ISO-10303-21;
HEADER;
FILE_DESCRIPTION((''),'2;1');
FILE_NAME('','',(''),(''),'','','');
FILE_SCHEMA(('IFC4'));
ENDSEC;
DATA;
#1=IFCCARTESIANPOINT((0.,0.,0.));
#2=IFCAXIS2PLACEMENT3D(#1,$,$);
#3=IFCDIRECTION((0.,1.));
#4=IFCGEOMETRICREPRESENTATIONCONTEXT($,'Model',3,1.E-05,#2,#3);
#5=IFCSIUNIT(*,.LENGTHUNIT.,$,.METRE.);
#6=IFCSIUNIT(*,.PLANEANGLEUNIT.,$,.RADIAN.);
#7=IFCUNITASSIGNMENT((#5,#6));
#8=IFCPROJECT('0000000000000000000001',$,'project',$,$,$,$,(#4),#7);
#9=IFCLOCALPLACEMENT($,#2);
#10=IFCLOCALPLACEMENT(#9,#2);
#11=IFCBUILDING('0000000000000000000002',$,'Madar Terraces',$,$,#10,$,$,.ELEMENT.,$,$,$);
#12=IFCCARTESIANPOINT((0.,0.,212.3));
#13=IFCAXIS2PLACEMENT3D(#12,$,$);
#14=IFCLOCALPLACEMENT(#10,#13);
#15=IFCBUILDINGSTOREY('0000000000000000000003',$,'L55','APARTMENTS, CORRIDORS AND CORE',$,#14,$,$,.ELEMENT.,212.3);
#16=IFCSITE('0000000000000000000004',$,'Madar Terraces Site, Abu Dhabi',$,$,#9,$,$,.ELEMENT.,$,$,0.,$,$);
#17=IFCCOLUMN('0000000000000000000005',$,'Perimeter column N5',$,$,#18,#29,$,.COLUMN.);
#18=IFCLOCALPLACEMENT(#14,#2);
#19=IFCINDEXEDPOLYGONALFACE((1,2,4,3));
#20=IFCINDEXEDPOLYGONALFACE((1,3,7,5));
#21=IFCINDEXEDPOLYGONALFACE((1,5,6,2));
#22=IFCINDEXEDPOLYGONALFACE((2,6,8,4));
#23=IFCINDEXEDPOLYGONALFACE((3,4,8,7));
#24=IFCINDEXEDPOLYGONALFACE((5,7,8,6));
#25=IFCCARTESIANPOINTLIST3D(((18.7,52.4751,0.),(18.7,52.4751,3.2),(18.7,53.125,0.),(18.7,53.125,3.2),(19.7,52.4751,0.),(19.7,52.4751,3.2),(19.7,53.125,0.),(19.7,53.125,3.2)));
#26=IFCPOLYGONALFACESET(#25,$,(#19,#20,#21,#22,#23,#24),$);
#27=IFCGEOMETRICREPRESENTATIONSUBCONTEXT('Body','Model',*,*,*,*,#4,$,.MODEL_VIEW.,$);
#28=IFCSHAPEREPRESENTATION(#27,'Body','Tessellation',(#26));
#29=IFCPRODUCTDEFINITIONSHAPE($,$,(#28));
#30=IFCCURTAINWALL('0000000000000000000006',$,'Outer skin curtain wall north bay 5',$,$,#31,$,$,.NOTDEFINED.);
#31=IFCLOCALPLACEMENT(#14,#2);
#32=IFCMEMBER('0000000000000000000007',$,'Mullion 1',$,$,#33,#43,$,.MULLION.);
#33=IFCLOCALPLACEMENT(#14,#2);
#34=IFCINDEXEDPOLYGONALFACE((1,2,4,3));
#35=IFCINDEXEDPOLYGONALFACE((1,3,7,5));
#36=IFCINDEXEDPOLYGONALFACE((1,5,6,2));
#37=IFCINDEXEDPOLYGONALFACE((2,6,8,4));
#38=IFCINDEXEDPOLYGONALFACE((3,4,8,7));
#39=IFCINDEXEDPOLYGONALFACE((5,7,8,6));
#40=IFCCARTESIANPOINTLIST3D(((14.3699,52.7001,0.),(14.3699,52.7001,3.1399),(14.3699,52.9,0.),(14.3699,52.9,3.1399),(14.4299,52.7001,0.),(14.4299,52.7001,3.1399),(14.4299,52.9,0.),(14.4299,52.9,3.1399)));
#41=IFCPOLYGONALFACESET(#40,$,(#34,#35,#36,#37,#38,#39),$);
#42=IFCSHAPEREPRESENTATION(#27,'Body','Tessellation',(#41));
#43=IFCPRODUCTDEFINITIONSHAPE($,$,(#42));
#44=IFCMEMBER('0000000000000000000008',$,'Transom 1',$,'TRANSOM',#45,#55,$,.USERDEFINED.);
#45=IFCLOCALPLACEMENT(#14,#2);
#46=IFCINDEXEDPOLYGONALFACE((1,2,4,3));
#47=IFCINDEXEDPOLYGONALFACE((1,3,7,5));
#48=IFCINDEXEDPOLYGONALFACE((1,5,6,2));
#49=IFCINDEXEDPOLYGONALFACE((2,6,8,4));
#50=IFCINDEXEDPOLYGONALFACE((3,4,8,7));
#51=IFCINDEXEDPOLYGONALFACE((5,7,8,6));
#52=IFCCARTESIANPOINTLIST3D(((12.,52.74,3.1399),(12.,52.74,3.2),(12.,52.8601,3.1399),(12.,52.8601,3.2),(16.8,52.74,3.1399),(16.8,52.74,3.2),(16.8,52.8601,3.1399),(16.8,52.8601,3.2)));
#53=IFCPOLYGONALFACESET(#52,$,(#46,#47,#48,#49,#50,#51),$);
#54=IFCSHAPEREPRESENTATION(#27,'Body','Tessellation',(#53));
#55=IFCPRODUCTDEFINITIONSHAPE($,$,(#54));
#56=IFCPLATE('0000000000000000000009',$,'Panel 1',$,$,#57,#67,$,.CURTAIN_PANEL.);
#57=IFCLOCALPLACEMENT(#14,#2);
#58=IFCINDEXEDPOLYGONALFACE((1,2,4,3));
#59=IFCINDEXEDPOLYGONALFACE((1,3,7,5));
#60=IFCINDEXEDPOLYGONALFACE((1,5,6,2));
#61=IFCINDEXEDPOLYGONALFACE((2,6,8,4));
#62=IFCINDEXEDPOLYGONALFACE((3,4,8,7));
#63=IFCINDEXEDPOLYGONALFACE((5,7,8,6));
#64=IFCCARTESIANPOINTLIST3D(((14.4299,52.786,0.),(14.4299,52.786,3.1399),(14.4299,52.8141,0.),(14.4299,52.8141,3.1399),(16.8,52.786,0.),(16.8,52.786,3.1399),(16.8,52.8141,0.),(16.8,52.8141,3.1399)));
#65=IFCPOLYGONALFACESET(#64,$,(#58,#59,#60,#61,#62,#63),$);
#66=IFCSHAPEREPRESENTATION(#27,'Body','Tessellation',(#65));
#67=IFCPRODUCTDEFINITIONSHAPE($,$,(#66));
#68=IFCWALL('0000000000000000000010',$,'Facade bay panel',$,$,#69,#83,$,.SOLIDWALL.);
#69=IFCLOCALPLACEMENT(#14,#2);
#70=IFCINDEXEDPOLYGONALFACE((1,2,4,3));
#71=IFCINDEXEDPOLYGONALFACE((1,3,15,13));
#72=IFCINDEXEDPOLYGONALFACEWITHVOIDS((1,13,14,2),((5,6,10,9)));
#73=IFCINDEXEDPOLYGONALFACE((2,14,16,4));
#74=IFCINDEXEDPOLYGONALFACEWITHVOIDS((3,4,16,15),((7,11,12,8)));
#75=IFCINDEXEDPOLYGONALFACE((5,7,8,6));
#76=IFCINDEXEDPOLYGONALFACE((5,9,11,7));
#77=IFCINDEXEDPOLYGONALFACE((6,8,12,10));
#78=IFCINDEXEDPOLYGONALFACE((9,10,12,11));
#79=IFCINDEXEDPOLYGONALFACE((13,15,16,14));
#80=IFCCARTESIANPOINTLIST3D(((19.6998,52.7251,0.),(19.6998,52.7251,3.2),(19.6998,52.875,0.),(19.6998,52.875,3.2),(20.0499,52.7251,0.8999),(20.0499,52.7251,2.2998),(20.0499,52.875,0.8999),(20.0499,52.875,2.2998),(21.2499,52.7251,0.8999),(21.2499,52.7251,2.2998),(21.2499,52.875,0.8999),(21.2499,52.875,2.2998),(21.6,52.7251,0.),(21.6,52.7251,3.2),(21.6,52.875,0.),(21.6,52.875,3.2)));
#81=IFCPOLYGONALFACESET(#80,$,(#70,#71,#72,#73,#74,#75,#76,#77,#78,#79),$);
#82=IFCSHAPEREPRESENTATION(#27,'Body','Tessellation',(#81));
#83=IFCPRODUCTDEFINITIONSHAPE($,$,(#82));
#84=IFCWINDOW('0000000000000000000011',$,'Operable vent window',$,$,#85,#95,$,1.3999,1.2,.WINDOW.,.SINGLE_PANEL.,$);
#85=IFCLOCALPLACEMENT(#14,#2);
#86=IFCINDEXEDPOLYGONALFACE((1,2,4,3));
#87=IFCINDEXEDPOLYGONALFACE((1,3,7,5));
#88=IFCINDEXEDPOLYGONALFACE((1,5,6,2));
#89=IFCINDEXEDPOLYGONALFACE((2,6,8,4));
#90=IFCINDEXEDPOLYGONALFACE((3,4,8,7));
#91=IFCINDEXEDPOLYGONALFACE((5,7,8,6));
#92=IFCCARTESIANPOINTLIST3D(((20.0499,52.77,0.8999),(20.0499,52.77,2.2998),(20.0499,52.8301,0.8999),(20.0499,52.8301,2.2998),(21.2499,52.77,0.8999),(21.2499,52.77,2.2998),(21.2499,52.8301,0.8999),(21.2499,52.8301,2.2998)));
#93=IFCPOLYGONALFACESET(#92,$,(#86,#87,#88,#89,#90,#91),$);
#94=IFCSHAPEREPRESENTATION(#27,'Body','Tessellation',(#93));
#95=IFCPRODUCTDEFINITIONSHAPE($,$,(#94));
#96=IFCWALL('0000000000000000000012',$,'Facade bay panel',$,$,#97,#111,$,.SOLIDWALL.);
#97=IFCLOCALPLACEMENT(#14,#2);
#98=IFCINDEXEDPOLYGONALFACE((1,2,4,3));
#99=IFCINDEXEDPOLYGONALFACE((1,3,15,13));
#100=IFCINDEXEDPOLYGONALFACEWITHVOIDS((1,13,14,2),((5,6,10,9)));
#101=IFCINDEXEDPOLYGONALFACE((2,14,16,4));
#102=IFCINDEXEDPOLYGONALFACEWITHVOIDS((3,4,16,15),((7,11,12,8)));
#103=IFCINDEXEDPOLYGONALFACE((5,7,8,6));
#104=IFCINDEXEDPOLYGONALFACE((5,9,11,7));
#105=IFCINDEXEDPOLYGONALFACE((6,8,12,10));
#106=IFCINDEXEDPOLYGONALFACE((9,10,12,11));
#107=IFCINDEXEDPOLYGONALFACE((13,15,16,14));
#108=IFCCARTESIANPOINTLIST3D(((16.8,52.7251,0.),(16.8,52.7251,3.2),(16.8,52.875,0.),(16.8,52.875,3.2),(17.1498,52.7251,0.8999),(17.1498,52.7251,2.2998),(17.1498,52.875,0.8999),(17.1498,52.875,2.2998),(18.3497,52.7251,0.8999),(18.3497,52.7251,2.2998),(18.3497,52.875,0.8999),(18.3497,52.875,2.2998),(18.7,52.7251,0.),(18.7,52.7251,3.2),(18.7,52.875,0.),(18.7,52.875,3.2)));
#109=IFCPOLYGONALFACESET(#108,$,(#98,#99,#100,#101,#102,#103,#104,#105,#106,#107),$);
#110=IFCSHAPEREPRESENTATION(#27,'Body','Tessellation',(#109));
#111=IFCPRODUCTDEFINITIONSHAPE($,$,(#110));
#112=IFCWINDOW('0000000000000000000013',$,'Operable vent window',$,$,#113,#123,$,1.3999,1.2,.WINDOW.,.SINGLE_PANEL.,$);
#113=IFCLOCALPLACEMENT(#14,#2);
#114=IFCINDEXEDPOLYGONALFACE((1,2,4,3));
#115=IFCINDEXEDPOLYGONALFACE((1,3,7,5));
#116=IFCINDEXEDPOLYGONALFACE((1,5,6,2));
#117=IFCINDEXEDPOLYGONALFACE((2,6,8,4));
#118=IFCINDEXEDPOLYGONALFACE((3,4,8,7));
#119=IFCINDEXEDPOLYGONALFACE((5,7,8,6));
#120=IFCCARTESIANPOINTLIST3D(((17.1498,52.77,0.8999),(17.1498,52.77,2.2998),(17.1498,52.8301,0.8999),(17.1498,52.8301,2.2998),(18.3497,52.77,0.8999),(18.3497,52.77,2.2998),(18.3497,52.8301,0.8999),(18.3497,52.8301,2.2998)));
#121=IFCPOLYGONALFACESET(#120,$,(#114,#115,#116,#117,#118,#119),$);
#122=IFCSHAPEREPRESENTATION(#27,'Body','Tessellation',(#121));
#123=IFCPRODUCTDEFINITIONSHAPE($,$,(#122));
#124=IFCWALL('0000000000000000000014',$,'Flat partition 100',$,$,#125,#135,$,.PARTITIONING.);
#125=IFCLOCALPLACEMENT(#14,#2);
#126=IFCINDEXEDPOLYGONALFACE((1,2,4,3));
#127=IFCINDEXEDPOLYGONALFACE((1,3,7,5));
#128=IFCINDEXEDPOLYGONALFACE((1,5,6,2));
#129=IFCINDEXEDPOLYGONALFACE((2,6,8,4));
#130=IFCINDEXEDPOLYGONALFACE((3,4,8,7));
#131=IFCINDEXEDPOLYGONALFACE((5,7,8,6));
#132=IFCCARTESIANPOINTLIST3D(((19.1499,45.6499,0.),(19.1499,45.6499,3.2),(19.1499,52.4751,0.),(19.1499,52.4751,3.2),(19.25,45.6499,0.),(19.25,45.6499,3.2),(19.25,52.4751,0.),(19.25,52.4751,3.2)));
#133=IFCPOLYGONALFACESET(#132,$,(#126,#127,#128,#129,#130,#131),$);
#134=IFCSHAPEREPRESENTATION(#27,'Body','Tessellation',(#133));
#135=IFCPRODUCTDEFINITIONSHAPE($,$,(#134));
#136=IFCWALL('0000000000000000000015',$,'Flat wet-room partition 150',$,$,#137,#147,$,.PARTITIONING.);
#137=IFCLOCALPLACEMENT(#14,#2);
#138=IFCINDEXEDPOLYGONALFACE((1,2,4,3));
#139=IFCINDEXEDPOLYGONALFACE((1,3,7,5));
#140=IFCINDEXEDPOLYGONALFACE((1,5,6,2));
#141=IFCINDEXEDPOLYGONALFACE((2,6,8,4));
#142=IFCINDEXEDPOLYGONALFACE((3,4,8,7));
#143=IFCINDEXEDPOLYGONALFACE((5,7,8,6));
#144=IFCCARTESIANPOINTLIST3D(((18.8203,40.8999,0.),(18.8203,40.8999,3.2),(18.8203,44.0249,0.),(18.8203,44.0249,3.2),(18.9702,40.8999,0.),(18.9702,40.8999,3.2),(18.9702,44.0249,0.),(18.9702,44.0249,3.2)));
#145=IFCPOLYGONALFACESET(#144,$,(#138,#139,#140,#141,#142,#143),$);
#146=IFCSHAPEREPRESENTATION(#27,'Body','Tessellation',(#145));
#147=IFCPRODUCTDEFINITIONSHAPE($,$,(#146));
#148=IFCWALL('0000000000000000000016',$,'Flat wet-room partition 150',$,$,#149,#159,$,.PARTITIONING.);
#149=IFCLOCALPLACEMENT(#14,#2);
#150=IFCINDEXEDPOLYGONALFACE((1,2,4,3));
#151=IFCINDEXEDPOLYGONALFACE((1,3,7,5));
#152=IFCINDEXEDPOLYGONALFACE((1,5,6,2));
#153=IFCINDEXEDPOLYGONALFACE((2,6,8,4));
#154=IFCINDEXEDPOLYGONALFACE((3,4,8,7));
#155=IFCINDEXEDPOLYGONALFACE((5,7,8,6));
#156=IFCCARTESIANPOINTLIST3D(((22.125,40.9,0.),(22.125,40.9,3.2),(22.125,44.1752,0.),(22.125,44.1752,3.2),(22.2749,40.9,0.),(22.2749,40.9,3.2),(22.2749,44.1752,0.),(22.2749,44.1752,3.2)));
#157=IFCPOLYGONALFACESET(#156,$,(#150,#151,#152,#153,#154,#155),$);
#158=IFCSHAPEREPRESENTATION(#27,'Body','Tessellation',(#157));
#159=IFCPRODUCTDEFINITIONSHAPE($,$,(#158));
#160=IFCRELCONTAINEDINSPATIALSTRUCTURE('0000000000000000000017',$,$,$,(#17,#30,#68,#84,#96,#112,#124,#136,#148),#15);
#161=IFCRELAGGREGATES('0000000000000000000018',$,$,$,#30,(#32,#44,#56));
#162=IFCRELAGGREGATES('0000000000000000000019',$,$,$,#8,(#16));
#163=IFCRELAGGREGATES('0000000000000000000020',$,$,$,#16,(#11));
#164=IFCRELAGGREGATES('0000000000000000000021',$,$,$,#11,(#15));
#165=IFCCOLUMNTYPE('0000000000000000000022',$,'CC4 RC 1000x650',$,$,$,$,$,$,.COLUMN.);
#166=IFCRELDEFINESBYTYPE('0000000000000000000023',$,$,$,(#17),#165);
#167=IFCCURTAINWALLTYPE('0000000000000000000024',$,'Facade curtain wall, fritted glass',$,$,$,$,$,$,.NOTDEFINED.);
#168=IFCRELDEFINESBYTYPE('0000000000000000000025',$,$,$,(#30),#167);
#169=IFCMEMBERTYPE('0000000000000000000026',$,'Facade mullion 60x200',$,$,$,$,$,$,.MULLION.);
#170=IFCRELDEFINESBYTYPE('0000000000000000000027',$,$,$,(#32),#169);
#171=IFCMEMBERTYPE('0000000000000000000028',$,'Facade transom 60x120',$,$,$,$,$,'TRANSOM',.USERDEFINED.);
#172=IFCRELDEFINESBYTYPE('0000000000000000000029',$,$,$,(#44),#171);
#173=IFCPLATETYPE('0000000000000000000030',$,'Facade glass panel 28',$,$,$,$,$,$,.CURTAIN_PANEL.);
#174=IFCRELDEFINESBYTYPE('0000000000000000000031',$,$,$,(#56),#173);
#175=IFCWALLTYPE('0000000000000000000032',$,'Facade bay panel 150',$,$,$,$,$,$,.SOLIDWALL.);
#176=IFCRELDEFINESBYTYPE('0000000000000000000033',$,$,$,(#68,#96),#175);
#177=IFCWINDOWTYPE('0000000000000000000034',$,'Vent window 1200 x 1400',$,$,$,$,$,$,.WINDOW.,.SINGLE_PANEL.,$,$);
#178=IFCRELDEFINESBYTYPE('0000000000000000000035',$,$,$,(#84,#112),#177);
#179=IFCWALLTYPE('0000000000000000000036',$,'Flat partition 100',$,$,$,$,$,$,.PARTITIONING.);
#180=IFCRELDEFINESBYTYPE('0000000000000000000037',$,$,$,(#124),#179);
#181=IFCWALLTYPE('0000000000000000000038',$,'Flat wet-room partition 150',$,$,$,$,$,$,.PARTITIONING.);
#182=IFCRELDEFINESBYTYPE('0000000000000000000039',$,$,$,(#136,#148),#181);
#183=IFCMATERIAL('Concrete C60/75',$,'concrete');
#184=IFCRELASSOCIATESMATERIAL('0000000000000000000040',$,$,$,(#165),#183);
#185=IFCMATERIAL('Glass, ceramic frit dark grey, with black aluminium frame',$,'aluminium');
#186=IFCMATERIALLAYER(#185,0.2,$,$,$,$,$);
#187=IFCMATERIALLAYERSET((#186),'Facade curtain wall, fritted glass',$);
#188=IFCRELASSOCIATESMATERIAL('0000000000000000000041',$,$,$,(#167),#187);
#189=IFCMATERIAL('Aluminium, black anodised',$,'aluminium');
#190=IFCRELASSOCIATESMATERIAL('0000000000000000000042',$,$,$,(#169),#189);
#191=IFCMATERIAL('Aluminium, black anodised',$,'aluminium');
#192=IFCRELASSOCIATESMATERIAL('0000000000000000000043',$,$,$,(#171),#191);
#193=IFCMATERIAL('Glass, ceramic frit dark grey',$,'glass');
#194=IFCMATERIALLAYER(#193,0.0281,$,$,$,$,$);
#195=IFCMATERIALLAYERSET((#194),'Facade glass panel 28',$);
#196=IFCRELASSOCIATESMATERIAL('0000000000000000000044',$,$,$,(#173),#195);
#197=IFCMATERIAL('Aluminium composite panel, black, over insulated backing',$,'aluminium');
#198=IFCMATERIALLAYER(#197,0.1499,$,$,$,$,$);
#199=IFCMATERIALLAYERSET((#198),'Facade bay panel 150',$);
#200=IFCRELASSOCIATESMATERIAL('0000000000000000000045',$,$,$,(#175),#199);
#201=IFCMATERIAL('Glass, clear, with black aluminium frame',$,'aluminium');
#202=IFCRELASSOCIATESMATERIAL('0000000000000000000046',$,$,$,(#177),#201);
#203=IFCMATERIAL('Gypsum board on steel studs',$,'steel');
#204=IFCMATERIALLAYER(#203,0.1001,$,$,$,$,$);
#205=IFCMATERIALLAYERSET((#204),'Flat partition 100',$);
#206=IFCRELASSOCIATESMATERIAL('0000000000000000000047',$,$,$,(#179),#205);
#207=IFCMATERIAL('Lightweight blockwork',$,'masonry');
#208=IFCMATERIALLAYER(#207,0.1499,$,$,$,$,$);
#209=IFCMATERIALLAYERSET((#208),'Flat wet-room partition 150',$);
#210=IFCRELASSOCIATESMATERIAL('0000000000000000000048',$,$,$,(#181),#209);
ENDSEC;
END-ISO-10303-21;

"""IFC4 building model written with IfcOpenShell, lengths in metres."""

from ifc_helpers import new_model, si_unit, direction, frame, frame_2d, origin, origin_2d, place, context, subcontext, project, spatial, rectangle, extrude, material, layer, layer_set, material_profile, profile_set, type_object, element, fill, aggregate, save


model = new_model("IFC4")

# Units and contexts
model_context = context("Model", 3, precision=1e-05, world=origin(), true_north=direction((0.0, 1.0)))
body_context = subcontext(model_context, "Body", "Model", "MODEL_VIEW")
ifc_project = project(units=[si_unit("LENGTHUNIT", "METRE"), si_unit("PLANEANGLEUNIT", "RADIAN")], contexts=[model_context])

# Site, building, storey
site_placement = place(None, origin())
site = spatial("IfcSite", under=ifc_project, at=site_placement, Name="Madar Terraces Site, Abu Dhabi", CompositionType="ELEMENT", RefElevation=0.0)
building_placement = place(site_placement, origin())
building = spatial("IfcBuilding", under=site, at=building_placement, Name="Madar Terraces", CompositionType="ELEMENT")
storey_placement = place(building_placement, frame((0.0, 0.0, 212.3)))
storey = spatial("IfcBuildingStorey", under=building, at=storey_placement, Name="L55", Description="APARTMENTS, CORRIDORS AND CORE", CompositionType="ELEMENT", Elevation=212.3)

# Column
ifc_material_1 = material(Name="Concrete C60/75", Category="concrete")
ifc_material_profile_1 = material_profile(ifc_material_1, rectangle(XDim=1.0, YDim=0.6499, at=origin_2d()), Name="CC4 RC 1000x650")
ifc_profile_set_1 = profile_set([ifc_material_profile_1], Name="Concrete C60/75")
column_type = type_object("IfcColumnType", Name="CC4 RC 1000x650", PredefinedType="COLUMN", material=ifc_profile_set_1)
column_placement = place(storey_placement, frame((19.2, 52.8, 0.0), z_axis=(0.0, 0.0, 1.0), x_axis=(1.0, 0.0, 0.0)))
element("IfcColumn", 1, at=column_placement, inside=storey, type_object=column_type, Name="Perimeter column N5", PredefinedType="COLUMN", context=body_context, shape_type="SweptSolid", body=[
    extrude(rectangle(XDim=1.0, YDim=0.6499, at=origin_2d()), origin(), (0.0, 0.0, 1.0), 3.2),
])

# Curtain wall, members, plate
ifc_material_2 = material(Name="Glass, ceramic frit dark grey, with black aluminium frame", Category="aluminium")
ifc_layer_1 = layer(ifc_material_2, 0.2)
ifc_layer_set_1 = layer_set([ifc_layer_1], Name="Facade curtain wall, fritted glass")
curtain_wall_type = type_object("IfcCurtainWallType", Name="Facade curtain wall, fritted glass", PredefinedType="NOTDEFINED", material=ifc_layer_set_1)
curtain_wall_placement = place(storey_placement, origin())
curtain_wall = element("IfcCurtainWall", 2, at=curtain_wall_placement, inside=storey, type_object=curtain_wall_type, Name="Outer skin curtain wall north bay 5", PredefinedType="NOTDEFINED")
ifc_material_3 = material(Name="Aluminium, black anodised", Category="aluminium")
ifc_material_profile_2 = material_profile(ifc_material_3, rectangle(XDim=0.2, YDim=0.0601, at=origin_2d()), Name="Facade mullion 60x200")
ifc_profile_set_2 = profile_set([ifc_material_profile_2], Name="Aluminium, black anodised")
member_type_1 = type_object("IfcMemberType", Name="Facade mullion 60x200", PredefinedType="MULLION", material=ifc_profile_set_2)
member_1_placement = place(storey_placement, frame((14.3999, 52.8, 0.0), z_axis=(0.0, 0.0, 1.0), x_axis=(0.0, -1.0, 0.0)))
member_1 = element("IfcMember", 3, at=member_1_placement, type_object=member_type_1, Name="Mullion 1", PredefinedType="MULLION", context=body_context, shape_type="SweptSolid", body=[
    extrude(rectangle(XDim=0.2, YDim=0.0601, at=origin_2d()), origin(), (0.0, 0.0, 1.0), 3.1399),
])
ifc_material_4 = material(Name="Aluminium, black anodised", Category="aluminium")
ifc_material_profile_3 = material_profile(ifc_material_4, rectangle(XDim=0.1201, YDim=0.0601, at=origin_2d()), Name="Facade transom 60x120")
ifc_profile_set_3 = profile_set([ifc_material_profile_3], Name="Aluminium, black anodised")
member_type_2 = type_object("IfcMemberType", Name="Facade transom 60x120", ElementType="TRANSOM", PredefinedType="USERDEFINED", material=ifc_profile_set_3)
member_2_placement = place(storey_placement, frame((16.8, 52.8, 3.1699), z_axis=(-1.0, 0.0, 0.0), x_axis=(0.0, -1.0, 0.0)))
member_2 = element("IfcMember", 4, at=member_2_placement, type_object=member_type_2, Name="Transom 1", ObjectType="TRANSOM", PredefinedType="USERDEFINED", context=body_context, shape_type="SweptSolid", body=[
    extrude(rectangle(XDim=0.1201, YDim=0.0601, at=origin_2d()), origin(), (0.0, 0.0, 1.0), 4.8),
])
ifc_material_5 = material(Name="Glass, ceramic frit dark grey", Category="glass")
ifc_layer_2 = layer(ifc_material_5, 0.0281)
ifc_layer_set_2 = layer_set([ifc_layer_2], Name="Facade glass panel 28")
plate_type = type_object("IfcPlateType", Name="Facade glass panel 28", PredefinedType="CURTAIN_PANEL", material=ifc_layer_set_2)
plate_placement = place(storey_placement, frame((15.615, 52.8, 0.0), z_axis=(0.0, 0.0, 1.0), x_axis=(-1.0, 0.0, 0.0)))
plate = element("IfcPlate", 5, at=plate_placement, type_object=plate_type, Name="Panel 1", PredefinedType="CURTAIN_PANEL", context=body_context, shape_type="SweptSolid", body=[
    extrude(rectangle(XDim=2.3701, YDim=0.0281, at=origin_2d()), origin(), (0.0, 0.0, 1.0), 3.1399),
])
aggregate(curtain_wall, [member_1, member_2, plate])

# Walls, openings, windows
ifc_material_6 = material(Name="Aluminium composite panel, black, over insulated backing", Category="aluminium")
ifc_layer_3 = layer(ifc_material_6, 0.1499)
ifc_layer_set_3 = layer_set([ifc_layer_3], Name="Facade bay panel 150")
wall_type_1 = type_object("IfcWallType", Name="Facade bay panel 150", PredefinedType="SOLIDWALL", material=ifc_layer_set_3)
wall_1_placement = place(storey_placement, frame((21.6001, 52.8, 0.0), z_axis=(0.0, 0.0, 1.0), x_axis=(-1.0, 0.0, 0.0)))
wall_1 = element("IfcWall", 6, at=wall_1_placement, inside=storey, type_object=wall_type_1, Name="Facade bay panel", PredefinedType="SOLIDWALL", context=body_context, shape_type="SweptSolid", body=[
    extrude(rectangle(XDim=1.9001, YDim=0.1499, at=frame_2d((0.9502, 0.0))), origin(), (0.0, 0.0, 1.0), 3.2),
])
opening_1_placement = place(wall_1_placement, frame((0.3501, 0.0, 0.8999)))
opening_1 = element("IfcOpeningElement", 7, at=opening_1_placement, cuts=wall_1, PredefinedType="OPENING", context=body_context, shape_type="SweptSolid", body=[
    extrude(rectangle(XDim=1.2, YDim=1.3999, at=frame_2d((0.6001, 0.7))), frame((0.0, 0.085, 0.0), z_axis=(0.0, -1.0, 0.0), x_axis=(1.0, 0.0, 0.0)), (0.0, 0.0, 1.0), 0.1699),
])
ifc_material_7 = material(Name="Glass, clear, with black aluminium frame", Category="aluminium")
window_type = type_object("IfcWindowType", Name="Vent window 1200 x 1400", PartitioningType="SINGLE_PANEL", PredefinedType="WINDOW", material=ifc_material_7)
window_1_placement = place(opening_1_placement, origin())
window_1 = element("IfcWindow", 8, at=window_1_placement, inside=storey, type_object=window_type, Name="Operable vent window", OverallHeight=1.3999, OverallWidth=1.2, PartitioningType="SINGLE_PANEL", PredefinedType="WINDOW", context=body_context, shape_type="SweptSolid", body=[
    extrude(rectangle(XDim=1.2, YDim=1.3999, at=frame_2d((0.6001, 0.7))), frame((0.0, 0.03, 0.0), z_axis=(0.0, -1.0, 0.0), x_axis=(1.0, 0.0, 0.0)), (0.0, 0.0, 1.0), 0.0601),
])
fill(opening_1, window_1)
wall_2_placement = place(storey_placement, frame((18.7, 52.8, 0.0), z_axis=(0.0, 0.0, 1.0), x_axis=(-1.0, 0.0, 0.0)))
wall_2 = element("IfcWall", 9, at=wall_2_placement, inside=storey, type_object=wall_type_1, Name="Facade bay panel", PredefinedType="SOLIDWALL", context=body_context, shape_type="SweptSolid", body=[
    extrude(rectangle(XDim=1.8999, YDim=0.1499, at=frame_2d((0.95, 0.0))), origin(), (0.0, 0.0, 1.0), 3.2),
])
opening_2_placement = place(wall_2_placement, frame((0.3501, 0.0, 0.8999)))
opening_2 = element("IfcOpeningElement", 10, at=opening_2_placement, cuts=wall_2, PredefinedType="OPENING", context=body_context, shape_type="SweptSolid", body=[
    extrude(rectangle(XDim=1.2, YDim=1.3999, at=frame_2d((0.6001, 0.7))), frame((0.0, 0.085, 0.0), z_axis=(0.0, -1.0, 0.0), x_axis=(1.0, 0.0, 0.0)), (0.0, 0.0, 1.0), 0.1699),
])
window_2_placement = place(opening_2_placement, origin())
window_2 = element("IfcWindow", 11, at=window_2_placement, inside=storey, type_object=window_type, Name="Operable vent window", OverallHeight=1.3999, OverallWidth=1.2, PartitioningType="SINGLE_PANEL", PredefinedType="WINDOW", context=body_context, shape_type="SweptSolid", body=[
    extrude(rectangle(XDim=1.2, YDim=1.3999, at=frame_2d((0.6001, 0.7))), frame((0.0, 0.03, 0.0), z_axis=(0.0, -1.0, 0.0), x_axis=(1.0, 0.0, 0.0)), (0.0, 0.0, 1.0), 0.0601),
])
fill(opening_2, window_2)

# Walls
ifc_material_8 = material(Name="Gypsum board on steel studs", Category="steel")
ifc_layer_4 = layer(ifc_material_8, 0.1001)
ifc_layer_set_4 = layer_set([ifc_layer_4], Name="Flat partition 100")
wall_type_2 = type_object("IfcWallType", Name="Flat partition 100", PredefinedType="PARTITIONING", material=ifc_layer_set_4)
wall_3_placement = place(storey_placement, frame((19.2, 45.6499, 0.0), z_axis=(0.0, 0.0, 1.0), x_axis=(0.0, 1.0, 0.0)))
element("IfcWall", 12, at=wall_3_placement, inside=storey, type_object=wall_type_2, Name="Flat partition 100", PredefinedType="PARTITIONING", context=body_context, shape_type="SweptSolid", body=[
    extrude(rectangle(XDim=6.8252, YDim=0.1001, at=frame_2d((3.4126, 0.0))), origin(), (0.0, 0.0, 1.0), 3.2),
])
ifc_material_9 = material(Name="Lightweight blockwork", Category="masonry")
ifc_layer_5 = layer(ifc_material_9, 0.1499)
ifc_layer_set_5 = layer_set([ifc_layer_5], Name="Flat wet-room partition 150")
wall_type_3 = type_object("IfcWallType", Name="Flat wet-room partition 150", PredefinedType="PARTITIONING", material=ifc_layer_set_5)
wall_4_placement = place(storey_placement, frame((18.8953, 40.8999, 0.0), z_axis=(0.0, 0.0, 1.0), x_axis=(0.0, 1.0, 0.0)))
element("IfcWall", 13, at=wall_4_placement, inside=storey, type_object=wall_type_3, Name="Flat wet-room partition 150", PredefinedType="PARTITIONING", context=body_context, shape_type="SweptSolid", body=[
    extrude(rectangle(XDim=3.125, YDim=0.1499, at=frame_2d((1.5625, 0.0))), origin(), (0.0, 0.0, 1.0), 3.2),
])
wall_5_placement = place(storey_placement, frame((22.2, 40.8999, 0.0), z_axis=(0.0, 0.0, 1.0), x_axis=(0.0, 1.0, 0.0)))
element("IfcWall", 14, at=wall_5_placement, inside=storey, type_object=wall_type_3, Name="Flat wet-room partition 150", PredefinedType="PARTITIONING", context=body_context, shape_type="SweptSolid", body=[
    extrude(rectangle(XDim=3.2751, YDim=0.1499, at=frame_2d((1.6377, 0.0))), origin(), (0.0, 0.0, 1.0), 3.2),
])

save(model, "model.ifc")
